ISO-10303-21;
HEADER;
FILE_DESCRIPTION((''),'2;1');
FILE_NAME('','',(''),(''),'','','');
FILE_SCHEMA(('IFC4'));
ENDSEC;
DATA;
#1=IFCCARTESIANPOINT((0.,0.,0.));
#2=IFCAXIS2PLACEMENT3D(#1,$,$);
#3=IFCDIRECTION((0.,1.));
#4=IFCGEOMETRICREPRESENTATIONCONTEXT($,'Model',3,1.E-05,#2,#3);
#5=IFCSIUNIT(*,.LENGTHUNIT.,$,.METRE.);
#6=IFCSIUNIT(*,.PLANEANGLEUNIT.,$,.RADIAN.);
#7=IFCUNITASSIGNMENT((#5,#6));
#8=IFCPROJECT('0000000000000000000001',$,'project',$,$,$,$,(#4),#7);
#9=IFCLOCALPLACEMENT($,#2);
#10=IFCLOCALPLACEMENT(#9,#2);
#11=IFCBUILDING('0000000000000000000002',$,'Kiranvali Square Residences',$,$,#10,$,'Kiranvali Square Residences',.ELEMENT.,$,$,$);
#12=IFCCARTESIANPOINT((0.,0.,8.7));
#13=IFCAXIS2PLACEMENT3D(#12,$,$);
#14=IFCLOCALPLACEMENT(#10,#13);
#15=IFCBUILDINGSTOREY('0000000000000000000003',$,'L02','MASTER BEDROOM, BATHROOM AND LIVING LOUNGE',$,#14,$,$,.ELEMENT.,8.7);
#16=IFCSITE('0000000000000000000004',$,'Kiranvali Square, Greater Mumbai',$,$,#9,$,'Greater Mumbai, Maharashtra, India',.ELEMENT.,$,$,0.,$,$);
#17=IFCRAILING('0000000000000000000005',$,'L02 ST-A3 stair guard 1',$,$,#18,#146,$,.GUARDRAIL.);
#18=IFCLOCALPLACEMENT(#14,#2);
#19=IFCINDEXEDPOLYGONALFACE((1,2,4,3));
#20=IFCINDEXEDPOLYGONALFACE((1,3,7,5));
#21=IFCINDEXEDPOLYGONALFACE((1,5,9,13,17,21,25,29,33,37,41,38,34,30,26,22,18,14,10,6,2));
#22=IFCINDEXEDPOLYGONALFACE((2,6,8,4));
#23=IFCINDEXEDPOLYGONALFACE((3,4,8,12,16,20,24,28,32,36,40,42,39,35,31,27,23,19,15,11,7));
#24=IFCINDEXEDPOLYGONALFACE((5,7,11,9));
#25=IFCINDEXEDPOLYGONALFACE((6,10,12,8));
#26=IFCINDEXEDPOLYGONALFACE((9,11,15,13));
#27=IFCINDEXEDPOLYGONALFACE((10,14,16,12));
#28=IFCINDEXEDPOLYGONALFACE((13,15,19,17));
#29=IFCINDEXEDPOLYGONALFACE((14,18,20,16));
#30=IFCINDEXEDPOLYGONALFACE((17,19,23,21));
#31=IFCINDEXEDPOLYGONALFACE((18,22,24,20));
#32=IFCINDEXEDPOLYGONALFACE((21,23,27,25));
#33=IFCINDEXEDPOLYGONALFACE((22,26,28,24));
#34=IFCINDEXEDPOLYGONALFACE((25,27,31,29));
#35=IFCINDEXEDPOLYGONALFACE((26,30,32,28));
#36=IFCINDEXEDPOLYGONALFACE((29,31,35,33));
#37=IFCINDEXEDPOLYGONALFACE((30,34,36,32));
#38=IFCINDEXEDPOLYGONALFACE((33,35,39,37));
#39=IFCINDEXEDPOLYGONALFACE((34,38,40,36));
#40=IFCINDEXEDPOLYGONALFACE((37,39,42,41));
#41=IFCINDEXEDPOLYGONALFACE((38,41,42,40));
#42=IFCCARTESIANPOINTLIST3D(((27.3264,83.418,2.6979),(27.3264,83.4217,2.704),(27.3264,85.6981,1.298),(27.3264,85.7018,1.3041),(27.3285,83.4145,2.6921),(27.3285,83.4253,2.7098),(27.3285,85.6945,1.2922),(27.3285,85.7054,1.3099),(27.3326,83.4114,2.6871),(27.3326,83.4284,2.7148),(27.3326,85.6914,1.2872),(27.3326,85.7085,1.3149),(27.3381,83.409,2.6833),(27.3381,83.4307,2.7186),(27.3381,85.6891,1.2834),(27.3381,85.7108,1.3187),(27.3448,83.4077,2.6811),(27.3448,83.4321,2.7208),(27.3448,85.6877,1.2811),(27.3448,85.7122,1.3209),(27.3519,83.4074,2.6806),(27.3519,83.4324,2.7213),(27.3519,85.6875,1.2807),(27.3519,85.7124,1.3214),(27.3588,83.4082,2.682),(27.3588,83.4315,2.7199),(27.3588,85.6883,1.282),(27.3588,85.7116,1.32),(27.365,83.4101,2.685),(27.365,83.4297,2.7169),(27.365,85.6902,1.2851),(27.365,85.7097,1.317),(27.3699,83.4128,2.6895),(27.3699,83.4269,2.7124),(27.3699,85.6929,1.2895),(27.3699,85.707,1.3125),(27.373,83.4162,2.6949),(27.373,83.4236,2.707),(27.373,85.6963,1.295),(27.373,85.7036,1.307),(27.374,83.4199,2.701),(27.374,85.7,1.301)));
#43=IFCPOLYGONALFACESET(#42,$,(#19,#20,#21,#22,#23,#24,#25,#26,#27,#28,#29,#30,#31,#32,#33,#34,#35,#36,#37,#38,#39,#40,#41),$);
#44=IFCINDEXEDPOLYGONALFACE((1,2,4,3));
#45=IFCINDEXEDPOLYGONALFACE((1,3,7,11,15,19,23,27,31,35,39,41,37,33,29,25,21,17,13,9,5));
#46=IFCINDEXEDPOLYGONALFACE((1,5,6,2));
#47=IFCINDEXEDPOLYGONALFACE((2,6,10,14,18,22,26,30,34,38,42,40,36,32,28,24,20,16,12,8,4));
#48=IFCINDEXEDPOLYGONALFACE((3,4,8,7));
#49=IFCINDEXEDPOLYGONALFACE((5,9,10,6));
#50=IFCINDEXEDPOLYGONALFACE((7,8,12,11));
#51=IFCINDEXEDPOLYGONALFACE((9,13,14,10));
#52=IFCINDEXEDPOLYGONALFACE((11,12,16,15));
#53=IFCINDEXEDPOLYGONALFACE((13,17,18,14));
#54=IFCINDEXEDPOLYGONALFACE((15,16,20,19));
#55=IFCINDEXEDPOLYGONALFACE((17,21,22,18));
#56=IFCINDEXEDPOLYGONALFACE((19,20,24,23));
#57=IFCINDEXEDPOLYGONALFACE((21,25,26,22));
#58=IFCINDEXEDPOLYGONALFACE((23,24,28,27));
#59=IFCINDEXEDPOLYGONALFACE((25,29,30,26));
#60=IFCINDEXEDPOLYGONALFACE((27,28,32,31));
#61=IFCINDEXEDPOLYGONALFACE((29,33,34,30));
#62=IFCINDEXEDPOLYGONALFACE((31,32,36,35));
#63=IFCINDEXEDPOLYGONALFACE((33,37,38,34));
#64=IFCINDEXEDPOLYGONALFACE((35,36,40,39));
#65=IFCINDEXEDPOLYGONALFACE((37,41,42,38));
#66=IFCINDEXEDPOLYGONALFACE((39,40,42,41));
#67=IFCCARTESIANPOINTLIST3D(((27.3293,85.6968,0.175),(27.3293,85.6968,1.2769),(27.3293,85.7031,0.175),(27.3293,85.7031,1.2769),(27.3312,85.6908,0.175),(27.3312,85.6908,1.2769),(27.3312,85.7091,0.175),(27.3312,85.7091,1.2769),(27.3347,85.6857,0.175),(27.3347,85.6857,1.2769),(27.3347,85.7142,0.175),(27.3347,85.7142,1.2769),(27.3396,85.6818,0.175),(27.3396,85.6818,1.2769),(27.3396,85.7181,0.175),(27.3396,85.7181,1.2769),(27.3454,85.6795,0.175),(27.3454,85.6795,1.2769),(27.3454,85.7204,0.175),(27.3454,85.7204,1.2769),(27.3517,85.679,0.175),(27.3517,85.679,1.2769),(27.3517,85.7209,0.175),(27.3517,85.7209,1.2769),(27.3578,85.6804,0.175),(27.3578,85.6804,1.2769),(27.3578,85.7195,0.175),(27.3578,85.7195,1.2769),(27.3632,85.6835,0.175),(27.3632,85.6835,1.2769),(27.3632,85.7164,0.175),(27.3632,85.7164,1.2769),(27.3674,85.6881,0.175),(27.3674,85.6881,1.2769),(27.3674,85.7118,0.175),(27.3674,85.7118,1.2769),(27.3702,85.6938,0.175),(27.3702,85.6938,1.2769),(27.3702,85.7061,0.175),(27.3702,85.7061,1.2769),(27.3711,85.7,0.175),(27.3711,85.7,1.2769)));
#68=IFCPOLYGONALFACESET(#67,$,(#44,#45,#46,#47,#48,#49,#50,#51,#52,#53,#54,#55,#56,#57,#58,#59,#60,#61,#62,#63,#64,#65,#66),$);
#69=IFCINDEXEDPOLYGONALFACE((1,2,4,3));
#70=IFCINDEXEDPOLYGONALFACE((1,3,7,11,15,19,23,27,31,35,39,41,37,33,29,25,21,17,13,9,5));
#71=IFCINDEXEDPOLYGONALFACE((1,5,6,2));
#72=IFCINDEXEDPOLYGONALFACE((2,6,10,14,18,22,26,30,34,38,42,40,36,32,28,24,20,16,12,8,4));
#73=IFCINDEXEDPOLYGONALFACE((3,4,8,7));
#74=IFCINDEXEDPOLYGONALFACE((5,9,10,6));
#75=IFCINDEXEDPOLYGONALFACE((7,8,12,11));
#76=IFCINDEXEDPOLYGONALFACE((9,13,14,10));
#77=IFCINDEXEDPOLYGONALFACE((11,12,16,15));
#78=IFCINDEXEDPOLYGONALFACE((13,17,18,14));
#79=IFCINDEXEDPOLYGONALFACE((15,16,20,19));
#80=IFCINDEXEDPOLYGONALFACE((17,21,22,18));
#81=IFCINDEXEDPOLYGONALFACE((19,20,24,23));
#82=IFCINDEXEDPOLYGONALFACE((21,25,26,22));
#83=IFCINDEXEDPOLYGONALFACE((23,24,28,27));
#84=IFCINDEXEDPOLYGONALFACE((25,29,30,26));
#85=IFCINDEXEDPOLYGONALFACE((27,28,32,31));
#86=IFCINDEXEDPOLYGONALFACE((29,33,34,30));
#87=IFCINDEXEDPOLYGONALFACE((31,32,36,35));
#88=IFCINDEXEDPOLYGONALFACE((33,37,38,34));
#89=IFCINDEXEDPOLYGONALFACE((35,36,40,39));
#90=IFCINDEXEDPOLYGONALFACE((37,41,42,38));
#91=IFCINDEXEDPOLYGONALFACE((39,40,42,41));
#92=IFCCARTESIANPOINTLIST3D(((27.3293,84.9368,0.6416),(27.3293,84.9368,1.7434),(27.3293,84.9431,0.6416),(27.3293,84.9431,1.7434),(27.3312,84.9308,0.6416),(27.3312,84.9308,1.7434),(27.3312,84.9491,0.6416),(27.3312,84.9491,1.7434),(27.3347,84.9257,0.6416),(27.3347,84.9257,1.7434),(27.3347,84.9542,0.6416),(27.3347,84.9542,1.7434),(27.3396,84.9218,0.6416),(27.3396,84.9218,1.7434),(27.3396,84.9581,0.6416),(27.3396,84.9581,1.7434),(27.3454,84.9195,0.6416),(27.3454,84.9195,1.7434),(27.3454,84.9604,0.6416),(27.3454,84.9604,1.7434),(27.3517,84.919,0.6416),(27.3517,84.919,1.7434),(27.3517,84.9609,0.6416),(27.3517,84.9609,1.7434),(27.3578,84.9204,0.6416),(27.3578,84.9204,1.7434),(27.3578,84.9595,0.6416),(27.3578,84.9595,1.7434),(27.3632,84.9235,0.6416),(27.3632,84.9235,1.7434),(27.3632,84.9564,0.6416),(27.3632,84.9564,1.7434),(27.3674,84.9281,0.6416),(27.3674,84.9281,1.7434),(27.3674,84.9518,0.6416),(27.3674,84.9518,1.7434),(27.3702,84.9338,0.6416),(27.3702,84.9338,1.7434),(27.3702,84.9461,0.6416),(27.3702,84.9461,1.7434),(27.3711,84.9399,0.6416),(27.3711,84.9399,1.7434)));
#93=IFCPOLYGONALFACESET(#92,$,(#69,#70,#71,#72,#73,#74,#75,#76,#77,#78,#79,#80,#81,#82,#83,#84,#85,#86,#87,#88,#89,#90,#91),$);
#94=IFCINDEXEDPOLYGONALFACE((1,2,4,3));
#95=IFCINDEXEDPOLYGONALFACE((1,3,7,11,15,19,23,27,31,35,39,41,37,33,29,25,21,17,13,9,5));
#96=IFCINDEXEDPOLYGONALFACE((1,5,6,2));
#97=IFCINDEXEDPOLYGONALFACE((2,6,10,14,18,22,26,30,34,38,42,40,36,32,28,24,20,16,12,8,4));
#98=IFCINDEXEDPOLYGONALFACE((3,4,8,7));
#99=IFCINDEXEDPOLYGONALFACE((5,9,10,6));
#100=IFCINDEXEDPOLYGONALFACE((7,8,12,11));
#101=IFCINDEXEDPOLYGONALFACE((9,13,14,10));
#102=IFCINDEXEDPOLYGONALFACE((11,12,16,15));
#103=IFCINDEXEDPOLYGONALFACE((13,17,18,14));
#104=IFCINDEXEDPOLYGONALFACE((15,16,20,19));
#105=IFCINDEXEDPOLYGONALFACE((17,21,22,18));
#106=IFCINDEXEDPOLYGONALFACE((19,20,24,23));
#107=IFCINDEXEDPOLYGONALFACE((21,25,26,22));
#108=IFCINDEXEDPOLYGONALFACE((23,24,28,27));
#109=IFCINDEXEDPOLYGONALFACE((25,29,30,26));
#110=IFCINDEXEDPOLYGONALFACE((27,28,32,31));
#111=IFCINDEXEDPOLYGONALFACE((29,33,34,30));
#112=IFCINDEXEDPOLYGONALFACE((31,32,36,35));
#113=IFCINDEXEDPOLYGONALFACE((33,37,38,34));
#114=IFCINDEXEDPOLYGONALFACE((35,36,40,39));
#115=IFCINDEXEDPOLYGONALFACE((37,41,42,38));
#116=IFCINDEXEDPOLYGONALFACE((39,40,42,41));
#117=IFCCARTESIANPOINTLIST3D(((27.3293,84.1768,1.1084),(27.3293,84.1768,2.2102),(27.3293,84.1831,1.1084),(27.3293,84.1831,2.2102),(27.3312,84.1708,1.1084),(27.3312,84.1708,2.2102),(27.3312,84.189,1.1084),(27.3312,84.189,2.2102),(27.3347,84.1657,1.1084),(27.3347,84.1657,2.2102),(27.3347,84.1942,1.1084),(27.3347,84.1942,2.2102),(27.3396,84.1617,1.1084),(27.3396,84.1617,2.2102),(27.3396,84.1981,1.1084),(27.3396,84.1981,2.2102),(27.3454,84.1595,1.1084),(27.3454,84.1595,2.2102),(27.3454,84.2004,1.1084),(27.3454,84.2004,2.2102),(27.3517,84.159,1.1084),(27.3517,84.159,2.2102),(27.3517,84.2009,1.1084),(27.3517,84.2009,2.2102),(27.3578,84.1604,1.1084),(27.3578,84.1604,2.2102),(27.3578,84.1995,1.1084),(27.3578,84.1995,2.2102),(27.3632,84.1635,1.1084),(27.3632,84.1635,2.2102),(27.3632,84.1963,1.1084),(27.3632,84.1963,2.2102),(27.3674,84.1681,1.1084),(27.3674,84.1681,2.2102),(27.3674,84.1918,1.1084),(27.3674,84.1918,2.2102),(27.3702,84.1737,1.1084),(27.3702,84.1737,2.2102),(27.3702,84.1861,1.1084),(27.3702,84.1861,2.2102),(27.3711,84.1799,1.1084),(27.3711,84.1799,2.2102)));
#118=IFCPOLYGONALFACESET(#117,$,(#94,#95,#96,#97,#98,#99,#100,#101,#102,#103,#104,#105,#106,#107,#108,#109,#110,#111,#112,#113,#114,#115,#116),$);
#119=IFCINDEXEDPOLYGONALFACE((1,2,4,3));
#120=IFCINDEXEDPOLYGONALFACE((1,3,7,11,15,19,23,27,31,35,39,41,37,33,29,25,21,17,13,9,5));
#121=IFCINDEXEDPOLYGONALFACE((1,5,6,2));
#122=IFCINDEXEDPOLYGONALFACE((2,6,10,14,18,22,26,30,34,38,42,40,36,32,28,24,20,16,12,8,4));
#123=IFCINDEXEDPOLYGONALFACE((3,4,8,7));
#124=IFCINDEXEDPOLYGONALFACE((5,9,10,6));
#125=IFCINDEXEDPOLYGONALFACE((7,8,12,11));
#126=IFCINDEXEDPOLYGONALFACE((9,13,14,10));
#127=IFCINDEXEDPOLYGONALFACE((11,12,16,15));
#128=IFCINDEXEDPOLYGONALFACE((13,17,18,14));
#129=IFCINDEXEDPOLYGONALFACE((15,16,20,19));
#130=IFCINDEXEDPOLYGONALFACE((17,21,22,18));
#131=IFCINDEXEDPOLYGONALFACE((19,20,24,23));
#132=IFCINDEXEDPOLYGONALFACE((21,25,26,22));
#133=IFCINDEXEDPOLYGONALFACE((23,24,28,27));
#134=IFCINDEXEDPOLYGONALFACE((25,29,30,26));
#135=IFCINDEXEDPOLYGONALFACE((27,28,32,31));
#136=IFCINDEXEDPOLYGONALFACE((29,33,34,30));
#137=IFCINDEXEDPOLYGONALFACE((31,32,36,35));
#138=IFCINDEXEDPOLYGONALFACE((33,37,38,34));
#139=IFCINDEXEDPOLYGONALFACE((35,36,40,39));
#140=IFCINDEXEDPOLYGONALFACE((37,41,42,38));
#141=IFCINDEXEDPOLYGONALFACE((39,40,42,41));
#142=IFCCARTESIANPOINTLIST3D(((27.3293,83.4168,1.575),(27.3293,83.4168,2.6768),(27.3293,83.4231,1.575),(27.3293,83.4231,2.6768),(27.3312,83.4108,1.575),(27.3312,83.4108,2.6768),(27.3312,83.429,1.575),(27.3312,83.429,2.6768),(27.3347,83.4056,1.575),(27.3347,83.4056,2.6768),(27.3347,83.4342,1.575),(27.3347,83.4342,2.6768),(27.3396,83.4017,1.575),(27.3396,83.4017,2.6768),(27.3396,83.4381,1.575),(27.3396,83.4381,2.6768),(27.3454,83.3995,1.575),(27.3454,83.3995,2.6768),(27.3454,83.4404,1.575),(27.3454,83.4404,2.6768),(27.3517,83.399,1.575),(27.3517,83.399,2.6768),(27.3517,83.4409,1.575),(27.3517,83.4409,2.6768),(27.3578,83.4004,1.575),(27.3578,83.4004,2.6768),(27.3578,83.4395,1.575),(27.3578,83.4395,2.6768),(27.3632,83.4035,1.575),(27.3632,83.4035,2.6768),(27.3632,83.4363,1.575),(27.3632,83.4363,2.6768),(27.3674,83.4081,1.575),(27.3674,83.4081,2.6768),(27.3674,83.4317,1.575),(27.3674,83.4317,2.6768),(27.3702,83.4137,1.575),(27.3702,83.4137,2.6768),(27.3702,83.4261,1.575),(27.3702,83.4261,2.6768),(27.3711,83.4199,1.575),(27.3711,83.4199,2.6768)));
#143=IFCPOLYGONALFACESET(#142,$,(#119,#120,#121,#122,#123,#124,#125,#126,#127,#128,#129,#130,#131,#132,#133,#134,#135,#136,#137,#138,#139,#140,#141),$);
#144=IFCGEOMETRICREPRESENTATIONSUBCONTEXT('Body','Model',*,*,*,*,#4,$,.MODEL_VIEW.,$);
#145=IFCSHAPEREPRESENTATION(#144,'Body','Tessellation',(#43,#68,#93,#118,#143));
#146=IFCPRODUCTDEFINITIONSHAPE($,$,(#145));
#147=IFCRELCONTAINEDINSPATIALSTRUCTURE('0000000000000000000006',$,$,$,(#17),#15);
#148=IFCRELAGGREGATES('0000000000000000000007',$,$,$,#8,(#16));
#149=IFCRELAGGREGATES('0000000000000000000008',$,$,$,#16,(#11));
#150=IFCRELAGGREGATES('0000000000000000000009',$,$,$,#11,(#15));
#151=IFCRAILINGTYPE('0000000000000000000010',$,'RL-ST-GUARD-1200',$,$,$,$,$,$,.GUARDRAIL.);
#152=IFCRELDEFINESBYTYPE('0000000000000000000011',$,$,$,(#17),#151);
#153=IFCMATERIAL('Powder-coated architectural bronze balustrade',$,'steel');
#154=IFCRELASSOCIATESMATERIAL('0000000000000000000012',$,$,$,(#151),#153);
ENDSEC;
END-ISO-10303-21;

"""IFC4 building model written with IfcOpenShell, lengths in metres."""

from ifc_helpers import new_model, si_unit, direction, frame, origin, origin_2d, place, context, subcontext, project, spatial, circle, extrude, material, type_object, element, save


model = new_model("IFC4")

# Units and contexts
model_context = context("Model", 3, precision=1e-05, world=origin(), true_north=direction((0.0, 1.0)))
body_context = subcontext(model_context, "Body", "Model", "MODEL_VIEW")
ifc_project = project(units=[si_unit("LENGTHUNIT", "METRE"), si_unit("PLANEANGLEUNIT", "RADIAN")], contexts=[model_context])

# Site, building, storey
site_placement = place(None, origin())
site = spatial("IfcSite", under=ifc_project, at=site_placement, Name="Kiranvali Square, Greater Mumbai", LongName="Greater Mumbai, Maharashtra, India", CompositionType="ELEMENT", RefElevation=0.0)
building_placement = place(site_placement, origin())
building = spatial("IfcBuilding", under=site, at=building_placement, Name="Kiranvali Square Residences", LongName="Kiranvali Square Residences", CompositionType="ELEMENT")
storey_placement = place(building_placement, frame((0.0, 0.0, 8.7)))
storey = spatial("IfcBuildingStorey", under=building, at=storey_placement, Name="L02", Description="MASTER BEDROOM, BATHROOM AND LIVING LOUNGE", CompositionType="ELEMENT", Elevation=8.7)

# Railing
ifc_material_1 = material(Name="Powder-coated architectural bronze balustrade", Category="steel")
railing_type_1 = type_object("IfcRailingType", Name="RL-ST-GUARD-1200", PredefinedType="GUARDRAIL", material=ifc_material_1)
railing_1_placement = place(storey_placement, frame((27.3501, 85.7, 0.175)))
element("IfcRailing", 1, at=railing_1_placement, inside=storey, type_object=railing_type_1, Name="L02 ST-A3 stair guard 1", PredefinedType="GUARDRAIL", context=body_context, shape_type="SweptSolid", body=[
    extrude(circle(Radius=0.0239, at=origin_2d()), frame((0.0, 0.0, 1.126), z_axis=(0.0, -0.85219, 0.523232), x_axis=(1.0, 0.0, 0.0)), (0.0, 0.0, 1.0), 2.6755),
    extrude(circle(Radius=0.021, at=origin_2d()), origin(), (0.0, 0.0, 1.0), 1.1018),
    extrude(circle(Radius=0.021, at=origin_2d()), frame((0.0, -0.76, 0.4666)), (0.0, 0.0, 1.0), 1.1018),
    extrude(circle(Radius=0.021, at=origin_2d()), frame((0.0, -1.52, 0.9333)), (0.0, 0.0, 1.0), 1.1018),
    extrude(circle(Radius=0.021, at=origin_2d()), frame((0.0, -2.28, 1.3999)), (0.0, 0.0, 1.0), 1.1018),
])

save(model, "model.ifc")
